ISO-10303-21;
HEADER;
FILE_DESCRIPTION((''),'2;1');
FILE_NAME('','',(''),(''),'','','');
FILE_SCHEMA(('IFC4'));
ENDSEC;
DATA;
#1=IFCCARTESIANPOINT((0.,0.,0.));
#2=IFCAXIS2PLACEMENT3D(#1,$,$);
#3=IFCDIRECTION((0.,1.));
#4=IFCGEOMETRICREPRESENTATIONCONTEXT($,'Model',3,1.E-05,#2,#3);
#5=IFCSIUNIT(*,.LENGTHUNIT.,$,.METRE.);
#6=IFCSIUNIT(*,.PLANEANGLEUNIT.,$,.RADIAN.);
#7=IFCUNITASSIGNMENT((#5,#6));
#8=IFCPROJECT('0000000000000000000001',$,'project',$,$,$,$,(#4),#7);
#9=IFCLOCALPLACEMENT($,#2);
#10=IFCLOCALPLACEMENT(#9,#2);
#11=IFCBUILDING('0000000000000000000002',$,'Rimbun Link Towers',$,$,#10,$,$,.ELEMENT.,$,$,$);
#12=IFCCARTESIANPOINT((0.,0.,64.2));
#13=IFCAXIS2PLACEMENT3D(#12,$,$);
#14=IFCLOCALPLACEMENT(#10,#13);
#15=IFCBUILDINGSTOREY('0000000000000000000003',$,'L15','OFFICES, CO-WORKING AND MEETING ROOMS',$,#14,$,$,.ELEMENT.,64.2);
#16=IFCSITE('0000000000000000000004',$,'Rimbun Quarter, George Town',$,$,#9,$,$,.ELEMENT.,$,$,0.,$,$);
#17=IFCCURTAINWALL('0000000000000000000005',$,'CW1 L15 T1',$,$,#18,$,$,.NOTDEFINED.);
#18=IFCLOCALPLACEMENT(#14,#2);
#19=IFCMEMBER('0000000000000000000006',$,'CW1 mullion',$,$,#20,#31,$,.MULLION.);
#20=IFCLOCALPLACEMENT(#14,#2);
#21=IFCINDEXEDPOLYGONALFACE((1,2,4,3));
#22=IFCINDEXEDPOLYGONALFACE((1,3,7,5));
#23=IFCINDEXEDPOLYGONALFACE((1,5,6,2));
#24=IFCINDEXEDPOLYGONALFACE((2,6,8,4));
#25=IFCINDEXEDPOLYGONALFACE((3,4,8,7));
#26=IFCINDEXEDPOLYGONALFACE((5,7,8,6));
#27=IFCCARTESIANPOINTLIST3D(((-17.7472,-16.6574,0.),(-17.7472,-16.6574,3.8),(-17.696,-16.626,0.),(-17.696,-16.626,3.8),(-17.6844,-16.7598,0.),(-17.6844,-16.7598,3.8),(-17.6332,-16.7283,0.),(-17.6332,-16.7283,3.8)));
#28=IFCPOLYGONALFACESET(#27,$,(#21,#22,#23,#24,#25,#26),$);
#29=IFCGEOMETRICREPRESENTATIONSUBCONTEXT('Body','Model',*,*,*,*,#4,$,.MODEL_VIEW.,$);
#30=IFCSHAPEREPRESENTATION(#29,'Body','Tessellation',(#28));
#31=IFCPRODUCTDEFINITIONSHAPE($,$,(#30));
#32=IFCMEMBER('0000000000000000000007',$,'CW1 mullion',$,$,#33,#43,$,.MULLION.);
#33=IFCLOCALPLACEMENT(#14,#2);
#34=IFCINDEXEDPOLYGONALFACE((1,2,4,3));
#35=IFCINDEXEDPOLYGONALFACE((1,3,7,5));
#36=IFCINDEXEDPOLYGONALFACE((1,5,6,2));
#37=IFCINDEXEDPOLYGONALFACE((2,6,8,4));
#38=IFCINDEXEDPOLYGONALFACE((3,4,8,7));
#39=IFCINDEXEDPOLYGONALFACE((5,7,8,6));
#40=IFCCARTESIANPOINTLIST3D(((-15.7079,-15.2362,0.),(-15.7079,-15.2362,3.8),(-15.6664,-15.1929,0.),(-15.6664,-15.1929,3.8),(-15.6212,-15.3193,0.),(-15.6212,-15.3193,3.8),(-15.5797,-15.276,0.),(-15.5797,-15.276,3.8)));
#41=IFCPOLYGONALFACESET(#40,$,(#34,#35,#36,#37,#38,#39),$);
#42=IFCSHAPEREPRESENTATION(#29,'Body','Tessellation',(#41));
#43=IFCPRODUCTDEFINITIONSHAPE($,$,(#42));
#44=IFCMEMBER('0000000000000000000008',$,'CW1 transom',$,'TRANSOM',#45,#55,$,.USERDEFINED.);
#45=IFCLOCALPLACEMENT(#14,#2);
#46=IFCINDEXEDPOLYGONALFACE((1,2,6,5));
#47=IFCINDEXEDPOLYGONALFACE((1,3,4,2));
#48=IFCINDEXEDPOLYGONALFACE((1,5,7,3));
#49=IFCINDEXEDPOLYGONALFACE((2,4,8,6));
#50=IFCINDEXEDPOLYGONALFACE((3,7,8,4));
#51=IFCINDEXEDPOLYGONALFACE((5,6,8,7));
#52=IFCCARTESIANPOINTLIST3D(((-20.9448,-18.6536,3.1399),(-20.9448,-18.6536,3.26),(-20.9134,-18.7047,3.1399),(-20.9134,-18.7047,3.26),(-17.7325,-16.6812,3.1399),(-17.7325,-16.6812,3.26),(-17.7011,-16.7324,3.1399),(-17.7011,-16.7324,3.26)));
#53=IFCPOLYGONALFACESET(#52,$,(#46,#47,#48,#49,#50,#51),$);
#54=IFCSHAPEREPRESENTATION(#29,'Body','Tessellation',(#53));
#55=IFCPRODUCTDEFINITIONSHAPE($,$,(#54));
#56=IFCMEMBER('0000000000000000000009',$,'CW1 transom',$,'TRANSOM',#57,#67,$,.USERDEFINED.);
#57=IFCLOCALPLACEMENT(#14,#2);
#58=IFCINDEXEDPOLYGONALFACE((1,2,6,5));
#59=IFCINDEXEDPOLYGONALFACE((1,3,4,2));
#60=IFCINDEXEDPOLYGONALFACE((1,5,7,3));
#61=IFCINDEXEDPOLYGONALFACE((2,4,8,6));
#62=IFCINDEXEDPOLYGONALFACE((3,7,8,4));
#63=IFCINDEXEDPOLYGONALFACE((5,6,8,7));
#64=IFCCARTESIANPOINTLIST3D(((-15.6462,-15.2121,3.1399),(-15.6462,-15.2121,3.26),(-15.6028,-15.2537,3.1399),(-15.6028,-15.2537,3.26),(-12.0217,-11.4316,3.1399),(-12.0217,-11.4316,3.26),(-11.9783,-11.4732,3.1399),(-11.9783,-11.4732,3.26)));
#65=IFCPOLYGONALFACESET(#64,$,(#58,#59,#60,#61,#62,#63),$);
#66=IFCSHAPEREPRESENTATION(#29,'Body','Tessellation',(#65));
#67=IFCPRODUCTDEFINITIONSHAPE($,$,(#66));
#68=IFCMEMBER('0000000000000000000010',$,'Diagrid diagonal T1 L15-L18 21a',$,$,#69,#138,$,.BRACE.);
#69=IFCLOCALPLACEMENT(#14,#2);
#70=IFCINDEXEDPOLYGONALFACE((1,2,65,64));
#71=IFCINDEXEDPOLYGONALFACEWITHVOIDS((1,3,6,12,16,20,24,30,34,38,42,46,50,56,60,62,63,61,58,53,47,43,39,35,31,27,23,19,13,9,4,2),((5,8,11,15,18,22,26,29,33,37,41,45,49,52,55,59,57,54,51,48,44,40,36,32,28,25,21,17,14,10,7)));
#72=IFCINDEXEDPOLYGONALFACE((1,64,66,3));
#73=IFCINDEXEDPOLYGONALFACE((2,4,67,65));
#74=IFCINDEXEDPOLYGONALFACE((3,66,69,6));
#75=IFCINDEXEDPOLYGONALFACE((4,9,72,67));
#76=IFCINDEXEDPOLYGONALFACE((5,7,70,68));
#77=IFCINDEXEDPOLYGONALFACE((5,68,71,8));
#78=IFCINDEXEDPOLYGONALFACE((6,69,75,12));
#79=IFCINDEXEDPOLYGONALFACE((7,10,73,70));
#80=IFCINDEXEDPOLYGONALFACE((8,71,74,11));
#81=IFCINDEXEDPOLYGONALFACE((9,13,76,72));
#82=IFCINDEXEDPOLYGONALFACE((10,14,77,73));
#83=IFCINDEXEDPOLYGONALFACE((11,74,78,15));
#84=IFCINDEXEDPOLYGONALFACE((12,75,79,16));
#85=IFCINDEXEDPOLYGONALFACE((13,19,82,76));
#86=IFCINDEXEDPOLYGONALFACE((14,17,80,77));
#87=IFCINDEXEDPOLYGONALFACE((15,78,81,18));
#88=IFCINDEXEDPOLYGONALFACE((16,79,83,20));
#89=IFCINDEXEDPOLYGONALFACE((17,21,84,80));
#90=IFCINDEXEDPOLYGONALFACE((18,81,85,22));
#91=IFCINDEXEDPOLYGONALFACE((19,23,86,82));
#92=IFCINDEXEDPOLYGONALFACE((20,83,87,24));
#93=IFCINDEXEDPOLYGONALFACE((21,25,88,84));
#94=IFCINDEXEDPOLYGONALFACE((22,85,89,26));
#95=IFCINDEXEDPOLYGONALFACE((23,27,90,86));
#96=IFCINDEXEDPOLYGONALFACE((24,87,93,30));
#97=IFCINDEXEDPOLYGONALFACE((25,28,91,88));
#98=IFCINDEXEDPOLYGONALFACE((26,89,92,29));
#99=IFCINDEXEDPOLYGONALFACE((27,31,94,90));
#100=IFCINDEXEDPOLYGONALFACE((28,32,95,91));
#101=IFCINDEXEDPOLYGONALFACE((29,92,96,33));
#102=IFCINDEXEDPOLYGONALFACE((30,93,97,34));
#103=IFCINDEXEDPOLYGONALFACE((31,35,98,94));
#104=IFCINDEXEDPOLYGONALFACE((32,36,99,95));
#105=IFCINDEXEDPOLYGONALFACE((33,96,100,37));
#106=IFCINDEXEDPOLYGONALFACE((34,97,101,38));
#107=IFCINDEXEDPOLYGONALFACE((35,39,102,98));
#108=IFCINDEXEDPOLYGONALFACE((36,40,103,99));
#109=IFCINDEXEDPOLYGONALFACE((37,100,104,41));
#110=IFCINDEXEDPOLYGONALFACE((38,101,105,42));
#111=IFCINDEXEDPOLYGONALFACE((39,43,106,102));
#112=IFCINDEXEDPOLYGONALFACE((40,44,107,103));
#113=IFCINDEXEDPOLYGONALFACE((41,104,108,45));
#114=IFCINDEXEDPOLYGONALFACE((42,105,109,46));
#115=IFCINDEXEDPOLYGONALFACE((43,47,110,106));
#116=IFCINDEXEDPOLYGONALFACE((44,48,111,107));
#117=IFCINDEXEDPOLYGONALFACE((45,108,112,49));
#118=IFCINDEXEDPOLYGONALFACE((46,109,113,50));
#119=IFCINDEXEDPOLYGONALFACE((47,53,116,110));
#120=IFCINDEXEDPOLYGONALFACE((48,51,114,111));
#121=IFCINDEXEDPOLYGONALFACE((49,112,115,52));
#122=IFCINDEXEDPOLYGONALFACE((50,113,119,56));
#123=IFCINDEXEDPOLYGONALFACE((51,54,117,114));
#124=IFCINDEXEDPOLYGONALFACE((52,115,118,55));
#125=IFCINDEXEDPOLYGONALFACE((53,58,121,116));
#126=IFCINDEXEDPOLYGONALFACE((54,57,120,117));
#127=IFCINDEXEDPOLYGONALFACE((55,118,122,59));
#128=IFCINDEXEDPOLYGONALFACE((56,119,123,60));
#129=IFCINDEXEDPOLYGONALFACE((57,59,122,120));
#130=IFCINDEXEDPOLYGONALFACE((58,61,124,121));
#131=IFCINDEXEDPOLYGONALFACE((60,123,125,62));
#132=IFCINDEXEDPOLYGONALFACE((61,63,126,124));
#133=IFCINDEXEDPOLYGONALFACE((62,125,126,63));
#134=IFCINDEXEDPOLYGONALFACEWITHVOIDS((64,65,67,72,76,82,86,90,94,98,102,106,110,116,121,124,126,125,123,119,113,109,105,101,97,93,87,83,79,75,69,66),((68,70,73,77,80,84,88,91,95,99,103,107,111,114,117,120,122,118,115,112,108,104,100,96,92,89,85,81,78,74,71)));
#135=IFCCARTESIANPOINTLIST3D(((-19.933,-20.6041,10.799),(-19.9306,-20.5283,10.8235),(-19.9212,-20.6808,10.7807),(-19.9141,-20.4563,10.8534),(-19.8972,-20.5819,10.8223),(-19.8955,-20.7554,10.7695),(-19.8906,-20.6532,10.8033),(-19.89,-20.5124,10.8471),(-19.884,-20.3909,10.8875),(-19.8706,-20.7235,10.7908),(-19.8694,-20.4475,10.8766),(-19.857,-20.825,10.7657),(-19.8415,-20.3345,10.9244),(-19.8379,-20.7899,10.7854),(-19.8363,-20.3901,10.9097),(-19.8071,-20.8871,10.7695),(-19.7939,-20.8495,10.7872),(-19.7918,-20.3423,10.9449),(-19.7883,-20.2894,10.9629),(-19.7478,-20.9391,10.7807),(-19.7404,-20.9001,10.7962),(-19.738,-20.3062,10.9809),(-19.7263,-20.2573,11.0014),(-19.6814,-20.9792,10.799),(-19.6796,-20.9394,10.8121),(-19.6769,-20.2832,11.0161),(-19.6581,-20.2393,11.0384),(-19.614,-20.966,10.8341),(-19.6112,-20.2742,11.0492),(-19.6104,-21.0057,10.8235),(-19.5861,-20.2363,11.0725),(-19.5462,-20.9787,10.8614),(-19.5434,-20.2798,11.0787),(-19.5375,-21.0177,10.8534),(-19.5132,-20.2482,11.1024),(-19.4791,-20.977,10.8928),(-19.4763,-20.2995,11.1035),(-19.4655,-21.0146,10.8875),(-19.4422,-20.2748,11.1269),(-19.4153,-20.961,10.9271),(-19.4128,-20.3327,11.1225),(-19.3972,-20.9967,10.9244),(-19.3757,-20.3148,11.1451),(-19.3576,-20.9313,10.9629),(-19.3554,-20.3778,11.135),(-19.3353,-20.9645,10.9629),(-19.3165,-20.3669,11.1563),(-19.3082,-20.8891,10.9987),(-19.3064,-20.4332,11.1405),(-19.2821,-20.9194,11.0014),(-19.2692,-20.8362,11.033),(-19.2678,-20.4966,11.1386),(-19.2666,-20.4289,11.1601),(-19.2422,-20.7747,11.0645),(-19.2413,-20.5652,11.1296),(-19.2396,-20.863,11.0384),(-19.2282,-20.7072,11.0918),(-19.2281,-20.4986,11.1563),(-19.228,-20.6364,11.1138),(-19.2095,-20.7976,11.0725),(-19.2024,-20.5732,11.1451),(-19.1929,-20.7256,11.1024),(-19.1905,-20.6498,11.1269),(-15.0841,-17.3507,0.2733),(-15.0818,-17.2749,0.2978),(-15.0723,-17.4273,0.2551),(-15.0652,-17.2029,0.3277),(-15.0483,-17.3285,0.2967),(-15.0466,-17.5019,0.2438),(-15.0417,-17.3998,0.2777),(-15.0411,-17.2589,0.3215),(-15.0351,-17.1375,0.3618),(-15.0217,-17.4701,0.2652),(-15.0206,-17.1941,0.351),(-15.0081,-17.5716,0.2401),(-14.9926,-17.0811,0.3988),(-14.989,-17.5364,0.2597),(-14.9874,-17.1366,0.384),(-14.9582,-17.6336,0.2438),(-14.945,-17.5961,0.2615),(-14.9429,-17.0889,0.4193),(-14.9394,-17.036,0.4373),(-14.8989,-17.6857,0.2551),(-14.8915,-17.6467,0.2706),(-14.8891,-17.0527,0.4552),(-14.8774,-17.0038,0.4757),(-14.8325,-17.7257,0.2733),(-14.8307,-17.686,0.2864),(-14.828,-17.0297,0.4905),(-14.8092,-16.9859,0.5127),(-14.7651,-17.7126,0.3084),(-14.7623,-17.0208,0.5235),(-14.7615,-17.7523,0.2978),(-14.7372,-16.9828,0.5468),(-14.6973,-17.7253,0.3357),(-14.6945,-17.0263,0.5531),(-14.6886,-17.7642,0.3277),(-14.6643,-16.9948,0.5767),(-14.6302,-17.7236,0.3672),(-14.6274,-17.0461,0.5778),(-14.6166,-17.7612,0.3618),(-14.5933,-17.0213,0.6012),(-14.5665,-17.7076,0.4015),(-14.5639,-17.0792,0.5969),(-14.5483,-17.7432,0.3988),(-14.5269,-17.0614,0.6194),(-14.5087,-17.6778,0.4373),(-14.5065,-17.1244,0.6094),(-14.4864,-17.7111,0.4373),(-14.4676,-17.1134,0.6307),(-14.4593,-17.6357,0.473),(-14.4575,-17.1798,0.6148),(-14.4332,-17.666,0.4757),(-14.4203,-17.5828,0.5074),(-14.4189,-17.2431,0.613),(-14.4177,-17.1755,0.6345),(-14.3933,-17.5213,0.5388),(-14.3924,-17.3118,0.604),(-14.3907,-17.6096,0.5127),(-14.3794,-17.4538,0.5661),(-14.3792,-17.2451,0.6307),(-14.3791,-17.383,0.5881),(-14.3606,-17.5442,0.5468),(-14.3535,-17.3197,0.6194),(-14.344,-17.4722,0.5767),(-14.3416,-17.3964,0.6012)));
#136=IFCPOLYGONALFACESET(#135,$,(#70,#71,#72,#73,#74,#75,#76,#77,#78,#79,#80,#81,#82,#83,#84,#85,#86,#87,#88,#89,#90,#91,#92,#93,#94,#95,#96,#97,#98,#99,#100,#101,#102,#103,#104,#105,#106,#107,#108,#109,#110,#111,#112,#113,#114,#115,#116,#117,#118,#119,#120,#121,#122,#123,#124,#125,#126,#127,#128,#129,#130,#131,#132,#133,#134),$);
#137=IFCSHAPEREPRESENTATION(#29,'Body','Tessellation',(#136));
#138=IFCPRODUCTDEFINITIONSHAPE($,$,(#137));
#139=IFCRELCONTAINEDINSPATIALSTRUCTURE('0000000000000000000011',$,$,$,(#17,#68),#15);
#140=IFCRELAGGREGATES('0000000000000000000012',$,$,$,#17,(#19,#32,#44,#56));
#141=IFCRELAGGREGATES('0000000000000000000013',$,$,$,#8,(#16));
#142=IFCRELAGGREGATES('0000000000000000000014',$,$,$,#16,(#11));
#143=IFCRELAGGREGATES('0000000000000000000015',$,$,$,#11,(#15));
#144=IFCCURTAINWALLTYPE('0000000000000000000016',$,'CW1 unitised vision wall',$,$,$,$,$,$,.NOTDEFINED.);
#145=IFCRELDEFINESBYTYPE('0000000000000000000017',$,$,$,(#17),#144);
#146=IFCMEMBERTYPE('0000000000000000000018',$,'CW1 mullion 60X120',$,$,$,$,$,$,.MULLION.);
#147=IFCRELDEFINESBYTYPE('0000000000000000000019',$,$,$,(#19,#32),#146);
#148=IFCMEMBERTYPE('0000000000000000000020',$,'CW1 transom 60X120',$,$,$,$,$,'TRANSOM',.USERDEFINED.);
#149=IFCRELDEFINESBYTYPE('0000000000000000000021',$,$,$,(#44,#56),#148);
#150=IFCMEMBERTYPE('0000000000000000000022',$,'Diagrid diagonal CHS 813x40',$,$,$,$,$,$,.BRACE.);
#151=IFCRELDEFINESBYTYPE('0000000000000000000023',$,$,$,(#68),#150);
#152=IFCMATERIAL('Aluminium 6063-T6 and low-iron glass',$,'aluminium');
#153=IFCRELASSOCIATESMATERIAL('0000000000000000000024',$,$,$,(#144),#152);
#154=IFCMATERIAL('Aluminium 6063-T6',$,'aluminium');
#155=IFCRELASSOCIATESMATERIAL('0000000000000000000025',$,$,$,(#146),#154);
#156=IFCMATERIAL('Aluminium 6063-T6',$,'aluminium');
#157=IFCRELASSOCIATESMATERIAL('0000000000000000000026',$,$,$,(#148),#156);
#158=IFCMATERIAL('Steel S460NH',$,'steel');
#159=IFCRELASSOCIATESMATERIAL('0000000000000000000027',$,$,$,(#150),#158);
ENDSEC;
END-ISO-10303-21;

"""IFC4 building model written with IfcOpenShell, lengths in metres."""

from ifc_helpers import new_model, si_unit, direction, frame, origin, origin_2d, place, context, subcontext, project, spatial, rectangle, hollow_circle, extrude, material, material_profile, profile_set, type_object, element, aggregate, save


model = new_model("IFC4")

# Units and contexts
model_context = context("Model", 3, precision=1e-05, world=origin(), true_north=direction((0.0, 1.0)))
body_context = subcontext(model_context, "Body", "Model", "MODEL_VIEW")
ifc_project = project(units=[si_unit("LENGTHUNIT", "METRE"), si_unit("PLANEANGLEUNIT", "RADIAN")], contexts=[model_context])

# Site, building, storey
site_placement = place(None, origin())
site = spatial("IfcSite", under=ifc_project, at=site_placement, Name="Rimbun Quarter, George Town", CompositionType="ELEMENT", RefElevation=0.0)
building_placement = place(site_placement, origin())
building = spatial("IfcBuilding", under=site, at=building_placement, Name="Rimbun Link Towers", CompositionType="ELEMENT")
storey_placement = place(building_placement, frame((0.0, 0.0, 64.2)))
storey = spatial("IfcBuildingStorey", under=building, at=storey_placement, Name="L15", Description="OFFICES, CO-WORKING AND MEETING ROOMS", CompositionType="ELEMENT", Elevation=64.2)

# Curtain wall, members
ifc_material_1 = material(Name="Aluminium 6063-T6 and low-iron glass", Category="aluminium")
curtain_wall_type = type_object("IfcCurtainWallType", Name="CW1 unitised vision wall", PredefinedType="NOTDEFINED", material=ifc_material_1)
curtain_wall_placement = place(storey_placement, origin())
curtain_wall = element("IfcCurtainWall", 1, at=curtain_wall_placement, inside=storey, type_object=curtain_wall_type, Name="CW1 L15 T1", PredefinedType="NOTDEFINED")
ifc_material_2 = material(Name="Aluminium 6063-T6", Category="aluminium")
ifc_material_profile_1 = material_profile(ifc_material_2, rectangle(XDim=0.1201, YDim=0.0601, at=origin_2d()), Name="MULLION 60X120")
ifc_profile_set_1 = profile_set([ifc_material_profile_1], Name="Aluminium 6063-T6")
member_type_1 = type_object("IfcMemberType", Name="CW1 mullion 60X120", PredefinedType="MULLION", material=ifc_profile_set_1)
member_1_placement = place(storey_placement, frame((-17.6902, -16.6929, 0.0), z_axis=(0.0, 0.0, 1.0), x_axis=(0.523239, -0.852186, 0.0)))
member_1 = element("IfcMember", 2, at=member_1_placement, type_object=member_type_1, Name="CW1 mullion", PredefinedType="MULLION", context=body_context, shape_type="SweptSolid", body=[
    extrude(rectangle(XDim=0.1201, YDim=0.0601, at=origin_2d()), origin(), (0.0, 0.0, 1.0), 3.8),
])
member_2_placement = place(storey_placement, frame((-15.6438, -15.2561, 0.0), z_axis=(0.0, 0.0, 1.0), x_axis=(0.721854, -0.692045, 0.0)))
member_2 = element("IfcMember", 3, at=member_2_placement, type_object=member_type_1, Name="CW1 mullion", PredefinedType="MULLION", context=body_context, shape_type="SweptSolid", body=[
    extrude(rectangle(XDim=0.1201, YDim=0.0601, at=origin_2d()), origin(), (0.0, 0.0, 1.0), 3.8),
])
ifc_material_3 = material(Name="Aluminium 6063-T6", Category="aluminium")
ifc_material_profile_2 = material_profile(ifc_material_3, rectangle(XDim=0.0601, YDim=0.1201, at=origin_2d()), Name="TRANSOM 60X120")
ifc_profile_set_2 = profile_set([ifc_material_profile_2], Name="Aluminium 6063-T6")
member_type_2 = type_object("IfcMemberType", Name="CW1 transom 60X120", ElementType="TRANSOM", PredefinedType="USERDEFINED", material=ifc_profile_set_2)
member_3_placement = place(storey_placement, frame((-17.7168, -16.7068, 3.2), z_axis=(-0.852185, -0.523241, 0.0), x_axis=(0.523241, -0.852185, 0.0)))
member_3 = element("IfcMember", 4, at=member_3_placement, type_object=member_type_2, Name="CW1 transom", ObjectType="TRANSOM", PredefinedType="USERDEFINED", context=body_context, shape_type="SweptSolid", body=[
    extrude(rectangle(XDim=0.0601, YDim=0.1201, at=origin_2d()), origin(), (0.0, 0.0, 1.0), 3.7695),
])
member_4_placement = place(storey_placement, frame((-12.0, -11.4524, 3.2), z_axis=(-0.692056, -0.721844, 0.0), x_axis=(0.721844, -0.692056, 0.0)))
member_4 = element("IfcMember", 5, at=member_4_placement, type_object=member_type_2, Name="CW1 transom", ObjectType="TRANSOM", PredefinedType="USERDEFINED", context=body_context, shape_type="SweptSolid", body=[
    extrude(rectangle(XDim=0.0601, YDim=0.1201, at=origin_2d()), origin(), (0.0, 0.0, 1.0), 5.2373),
])

# Member
ifc_material_4 = material(Name="Steel S460NH", Category="steel")
ifc_material_profile_3 = material_profile(ifc_material_4, hollow_circle(Radius=0.4065, WallThickness=0.04, at=origin_2d()), Name="Diagrid diagonal CHS 813x40")
ifc_profile_set_3 = profile_set([ifc_material_profile_3], Name="Steel S460NH")
member_type_3 = type_object("IfcMemberType", Name="Diagrid diagonal CHS 813x40", PredefinedType="BRACE", material=ifc_profile_set_3)
member_5_placement = place(storey_placement, frame((-14.7129, -17.3735, 0.4373), z_axis=(-0.402837, -0.270289, 0.874452), x_axis=(0.557168, -0.8304, 0.0)))
element("IfcMember", 6, at=member_5_placement, inside=storey, type_object=member_type_3, Name="Diagrid diagonal T1 L15-L18 21a", PredefinedType="BRACE", context=body_context, shape_type="SweptSolid", body=[
    extrude(hollow_circle(Radius=0.4065, WallThickness=0.04, at=origin_2d()), origin(), (0.0, 0.0, 1.0), 12.0369),
])

aggregate(curtain_wall, [member_1, member_2, member_3, member_4])

save(model, "model.ifc")
